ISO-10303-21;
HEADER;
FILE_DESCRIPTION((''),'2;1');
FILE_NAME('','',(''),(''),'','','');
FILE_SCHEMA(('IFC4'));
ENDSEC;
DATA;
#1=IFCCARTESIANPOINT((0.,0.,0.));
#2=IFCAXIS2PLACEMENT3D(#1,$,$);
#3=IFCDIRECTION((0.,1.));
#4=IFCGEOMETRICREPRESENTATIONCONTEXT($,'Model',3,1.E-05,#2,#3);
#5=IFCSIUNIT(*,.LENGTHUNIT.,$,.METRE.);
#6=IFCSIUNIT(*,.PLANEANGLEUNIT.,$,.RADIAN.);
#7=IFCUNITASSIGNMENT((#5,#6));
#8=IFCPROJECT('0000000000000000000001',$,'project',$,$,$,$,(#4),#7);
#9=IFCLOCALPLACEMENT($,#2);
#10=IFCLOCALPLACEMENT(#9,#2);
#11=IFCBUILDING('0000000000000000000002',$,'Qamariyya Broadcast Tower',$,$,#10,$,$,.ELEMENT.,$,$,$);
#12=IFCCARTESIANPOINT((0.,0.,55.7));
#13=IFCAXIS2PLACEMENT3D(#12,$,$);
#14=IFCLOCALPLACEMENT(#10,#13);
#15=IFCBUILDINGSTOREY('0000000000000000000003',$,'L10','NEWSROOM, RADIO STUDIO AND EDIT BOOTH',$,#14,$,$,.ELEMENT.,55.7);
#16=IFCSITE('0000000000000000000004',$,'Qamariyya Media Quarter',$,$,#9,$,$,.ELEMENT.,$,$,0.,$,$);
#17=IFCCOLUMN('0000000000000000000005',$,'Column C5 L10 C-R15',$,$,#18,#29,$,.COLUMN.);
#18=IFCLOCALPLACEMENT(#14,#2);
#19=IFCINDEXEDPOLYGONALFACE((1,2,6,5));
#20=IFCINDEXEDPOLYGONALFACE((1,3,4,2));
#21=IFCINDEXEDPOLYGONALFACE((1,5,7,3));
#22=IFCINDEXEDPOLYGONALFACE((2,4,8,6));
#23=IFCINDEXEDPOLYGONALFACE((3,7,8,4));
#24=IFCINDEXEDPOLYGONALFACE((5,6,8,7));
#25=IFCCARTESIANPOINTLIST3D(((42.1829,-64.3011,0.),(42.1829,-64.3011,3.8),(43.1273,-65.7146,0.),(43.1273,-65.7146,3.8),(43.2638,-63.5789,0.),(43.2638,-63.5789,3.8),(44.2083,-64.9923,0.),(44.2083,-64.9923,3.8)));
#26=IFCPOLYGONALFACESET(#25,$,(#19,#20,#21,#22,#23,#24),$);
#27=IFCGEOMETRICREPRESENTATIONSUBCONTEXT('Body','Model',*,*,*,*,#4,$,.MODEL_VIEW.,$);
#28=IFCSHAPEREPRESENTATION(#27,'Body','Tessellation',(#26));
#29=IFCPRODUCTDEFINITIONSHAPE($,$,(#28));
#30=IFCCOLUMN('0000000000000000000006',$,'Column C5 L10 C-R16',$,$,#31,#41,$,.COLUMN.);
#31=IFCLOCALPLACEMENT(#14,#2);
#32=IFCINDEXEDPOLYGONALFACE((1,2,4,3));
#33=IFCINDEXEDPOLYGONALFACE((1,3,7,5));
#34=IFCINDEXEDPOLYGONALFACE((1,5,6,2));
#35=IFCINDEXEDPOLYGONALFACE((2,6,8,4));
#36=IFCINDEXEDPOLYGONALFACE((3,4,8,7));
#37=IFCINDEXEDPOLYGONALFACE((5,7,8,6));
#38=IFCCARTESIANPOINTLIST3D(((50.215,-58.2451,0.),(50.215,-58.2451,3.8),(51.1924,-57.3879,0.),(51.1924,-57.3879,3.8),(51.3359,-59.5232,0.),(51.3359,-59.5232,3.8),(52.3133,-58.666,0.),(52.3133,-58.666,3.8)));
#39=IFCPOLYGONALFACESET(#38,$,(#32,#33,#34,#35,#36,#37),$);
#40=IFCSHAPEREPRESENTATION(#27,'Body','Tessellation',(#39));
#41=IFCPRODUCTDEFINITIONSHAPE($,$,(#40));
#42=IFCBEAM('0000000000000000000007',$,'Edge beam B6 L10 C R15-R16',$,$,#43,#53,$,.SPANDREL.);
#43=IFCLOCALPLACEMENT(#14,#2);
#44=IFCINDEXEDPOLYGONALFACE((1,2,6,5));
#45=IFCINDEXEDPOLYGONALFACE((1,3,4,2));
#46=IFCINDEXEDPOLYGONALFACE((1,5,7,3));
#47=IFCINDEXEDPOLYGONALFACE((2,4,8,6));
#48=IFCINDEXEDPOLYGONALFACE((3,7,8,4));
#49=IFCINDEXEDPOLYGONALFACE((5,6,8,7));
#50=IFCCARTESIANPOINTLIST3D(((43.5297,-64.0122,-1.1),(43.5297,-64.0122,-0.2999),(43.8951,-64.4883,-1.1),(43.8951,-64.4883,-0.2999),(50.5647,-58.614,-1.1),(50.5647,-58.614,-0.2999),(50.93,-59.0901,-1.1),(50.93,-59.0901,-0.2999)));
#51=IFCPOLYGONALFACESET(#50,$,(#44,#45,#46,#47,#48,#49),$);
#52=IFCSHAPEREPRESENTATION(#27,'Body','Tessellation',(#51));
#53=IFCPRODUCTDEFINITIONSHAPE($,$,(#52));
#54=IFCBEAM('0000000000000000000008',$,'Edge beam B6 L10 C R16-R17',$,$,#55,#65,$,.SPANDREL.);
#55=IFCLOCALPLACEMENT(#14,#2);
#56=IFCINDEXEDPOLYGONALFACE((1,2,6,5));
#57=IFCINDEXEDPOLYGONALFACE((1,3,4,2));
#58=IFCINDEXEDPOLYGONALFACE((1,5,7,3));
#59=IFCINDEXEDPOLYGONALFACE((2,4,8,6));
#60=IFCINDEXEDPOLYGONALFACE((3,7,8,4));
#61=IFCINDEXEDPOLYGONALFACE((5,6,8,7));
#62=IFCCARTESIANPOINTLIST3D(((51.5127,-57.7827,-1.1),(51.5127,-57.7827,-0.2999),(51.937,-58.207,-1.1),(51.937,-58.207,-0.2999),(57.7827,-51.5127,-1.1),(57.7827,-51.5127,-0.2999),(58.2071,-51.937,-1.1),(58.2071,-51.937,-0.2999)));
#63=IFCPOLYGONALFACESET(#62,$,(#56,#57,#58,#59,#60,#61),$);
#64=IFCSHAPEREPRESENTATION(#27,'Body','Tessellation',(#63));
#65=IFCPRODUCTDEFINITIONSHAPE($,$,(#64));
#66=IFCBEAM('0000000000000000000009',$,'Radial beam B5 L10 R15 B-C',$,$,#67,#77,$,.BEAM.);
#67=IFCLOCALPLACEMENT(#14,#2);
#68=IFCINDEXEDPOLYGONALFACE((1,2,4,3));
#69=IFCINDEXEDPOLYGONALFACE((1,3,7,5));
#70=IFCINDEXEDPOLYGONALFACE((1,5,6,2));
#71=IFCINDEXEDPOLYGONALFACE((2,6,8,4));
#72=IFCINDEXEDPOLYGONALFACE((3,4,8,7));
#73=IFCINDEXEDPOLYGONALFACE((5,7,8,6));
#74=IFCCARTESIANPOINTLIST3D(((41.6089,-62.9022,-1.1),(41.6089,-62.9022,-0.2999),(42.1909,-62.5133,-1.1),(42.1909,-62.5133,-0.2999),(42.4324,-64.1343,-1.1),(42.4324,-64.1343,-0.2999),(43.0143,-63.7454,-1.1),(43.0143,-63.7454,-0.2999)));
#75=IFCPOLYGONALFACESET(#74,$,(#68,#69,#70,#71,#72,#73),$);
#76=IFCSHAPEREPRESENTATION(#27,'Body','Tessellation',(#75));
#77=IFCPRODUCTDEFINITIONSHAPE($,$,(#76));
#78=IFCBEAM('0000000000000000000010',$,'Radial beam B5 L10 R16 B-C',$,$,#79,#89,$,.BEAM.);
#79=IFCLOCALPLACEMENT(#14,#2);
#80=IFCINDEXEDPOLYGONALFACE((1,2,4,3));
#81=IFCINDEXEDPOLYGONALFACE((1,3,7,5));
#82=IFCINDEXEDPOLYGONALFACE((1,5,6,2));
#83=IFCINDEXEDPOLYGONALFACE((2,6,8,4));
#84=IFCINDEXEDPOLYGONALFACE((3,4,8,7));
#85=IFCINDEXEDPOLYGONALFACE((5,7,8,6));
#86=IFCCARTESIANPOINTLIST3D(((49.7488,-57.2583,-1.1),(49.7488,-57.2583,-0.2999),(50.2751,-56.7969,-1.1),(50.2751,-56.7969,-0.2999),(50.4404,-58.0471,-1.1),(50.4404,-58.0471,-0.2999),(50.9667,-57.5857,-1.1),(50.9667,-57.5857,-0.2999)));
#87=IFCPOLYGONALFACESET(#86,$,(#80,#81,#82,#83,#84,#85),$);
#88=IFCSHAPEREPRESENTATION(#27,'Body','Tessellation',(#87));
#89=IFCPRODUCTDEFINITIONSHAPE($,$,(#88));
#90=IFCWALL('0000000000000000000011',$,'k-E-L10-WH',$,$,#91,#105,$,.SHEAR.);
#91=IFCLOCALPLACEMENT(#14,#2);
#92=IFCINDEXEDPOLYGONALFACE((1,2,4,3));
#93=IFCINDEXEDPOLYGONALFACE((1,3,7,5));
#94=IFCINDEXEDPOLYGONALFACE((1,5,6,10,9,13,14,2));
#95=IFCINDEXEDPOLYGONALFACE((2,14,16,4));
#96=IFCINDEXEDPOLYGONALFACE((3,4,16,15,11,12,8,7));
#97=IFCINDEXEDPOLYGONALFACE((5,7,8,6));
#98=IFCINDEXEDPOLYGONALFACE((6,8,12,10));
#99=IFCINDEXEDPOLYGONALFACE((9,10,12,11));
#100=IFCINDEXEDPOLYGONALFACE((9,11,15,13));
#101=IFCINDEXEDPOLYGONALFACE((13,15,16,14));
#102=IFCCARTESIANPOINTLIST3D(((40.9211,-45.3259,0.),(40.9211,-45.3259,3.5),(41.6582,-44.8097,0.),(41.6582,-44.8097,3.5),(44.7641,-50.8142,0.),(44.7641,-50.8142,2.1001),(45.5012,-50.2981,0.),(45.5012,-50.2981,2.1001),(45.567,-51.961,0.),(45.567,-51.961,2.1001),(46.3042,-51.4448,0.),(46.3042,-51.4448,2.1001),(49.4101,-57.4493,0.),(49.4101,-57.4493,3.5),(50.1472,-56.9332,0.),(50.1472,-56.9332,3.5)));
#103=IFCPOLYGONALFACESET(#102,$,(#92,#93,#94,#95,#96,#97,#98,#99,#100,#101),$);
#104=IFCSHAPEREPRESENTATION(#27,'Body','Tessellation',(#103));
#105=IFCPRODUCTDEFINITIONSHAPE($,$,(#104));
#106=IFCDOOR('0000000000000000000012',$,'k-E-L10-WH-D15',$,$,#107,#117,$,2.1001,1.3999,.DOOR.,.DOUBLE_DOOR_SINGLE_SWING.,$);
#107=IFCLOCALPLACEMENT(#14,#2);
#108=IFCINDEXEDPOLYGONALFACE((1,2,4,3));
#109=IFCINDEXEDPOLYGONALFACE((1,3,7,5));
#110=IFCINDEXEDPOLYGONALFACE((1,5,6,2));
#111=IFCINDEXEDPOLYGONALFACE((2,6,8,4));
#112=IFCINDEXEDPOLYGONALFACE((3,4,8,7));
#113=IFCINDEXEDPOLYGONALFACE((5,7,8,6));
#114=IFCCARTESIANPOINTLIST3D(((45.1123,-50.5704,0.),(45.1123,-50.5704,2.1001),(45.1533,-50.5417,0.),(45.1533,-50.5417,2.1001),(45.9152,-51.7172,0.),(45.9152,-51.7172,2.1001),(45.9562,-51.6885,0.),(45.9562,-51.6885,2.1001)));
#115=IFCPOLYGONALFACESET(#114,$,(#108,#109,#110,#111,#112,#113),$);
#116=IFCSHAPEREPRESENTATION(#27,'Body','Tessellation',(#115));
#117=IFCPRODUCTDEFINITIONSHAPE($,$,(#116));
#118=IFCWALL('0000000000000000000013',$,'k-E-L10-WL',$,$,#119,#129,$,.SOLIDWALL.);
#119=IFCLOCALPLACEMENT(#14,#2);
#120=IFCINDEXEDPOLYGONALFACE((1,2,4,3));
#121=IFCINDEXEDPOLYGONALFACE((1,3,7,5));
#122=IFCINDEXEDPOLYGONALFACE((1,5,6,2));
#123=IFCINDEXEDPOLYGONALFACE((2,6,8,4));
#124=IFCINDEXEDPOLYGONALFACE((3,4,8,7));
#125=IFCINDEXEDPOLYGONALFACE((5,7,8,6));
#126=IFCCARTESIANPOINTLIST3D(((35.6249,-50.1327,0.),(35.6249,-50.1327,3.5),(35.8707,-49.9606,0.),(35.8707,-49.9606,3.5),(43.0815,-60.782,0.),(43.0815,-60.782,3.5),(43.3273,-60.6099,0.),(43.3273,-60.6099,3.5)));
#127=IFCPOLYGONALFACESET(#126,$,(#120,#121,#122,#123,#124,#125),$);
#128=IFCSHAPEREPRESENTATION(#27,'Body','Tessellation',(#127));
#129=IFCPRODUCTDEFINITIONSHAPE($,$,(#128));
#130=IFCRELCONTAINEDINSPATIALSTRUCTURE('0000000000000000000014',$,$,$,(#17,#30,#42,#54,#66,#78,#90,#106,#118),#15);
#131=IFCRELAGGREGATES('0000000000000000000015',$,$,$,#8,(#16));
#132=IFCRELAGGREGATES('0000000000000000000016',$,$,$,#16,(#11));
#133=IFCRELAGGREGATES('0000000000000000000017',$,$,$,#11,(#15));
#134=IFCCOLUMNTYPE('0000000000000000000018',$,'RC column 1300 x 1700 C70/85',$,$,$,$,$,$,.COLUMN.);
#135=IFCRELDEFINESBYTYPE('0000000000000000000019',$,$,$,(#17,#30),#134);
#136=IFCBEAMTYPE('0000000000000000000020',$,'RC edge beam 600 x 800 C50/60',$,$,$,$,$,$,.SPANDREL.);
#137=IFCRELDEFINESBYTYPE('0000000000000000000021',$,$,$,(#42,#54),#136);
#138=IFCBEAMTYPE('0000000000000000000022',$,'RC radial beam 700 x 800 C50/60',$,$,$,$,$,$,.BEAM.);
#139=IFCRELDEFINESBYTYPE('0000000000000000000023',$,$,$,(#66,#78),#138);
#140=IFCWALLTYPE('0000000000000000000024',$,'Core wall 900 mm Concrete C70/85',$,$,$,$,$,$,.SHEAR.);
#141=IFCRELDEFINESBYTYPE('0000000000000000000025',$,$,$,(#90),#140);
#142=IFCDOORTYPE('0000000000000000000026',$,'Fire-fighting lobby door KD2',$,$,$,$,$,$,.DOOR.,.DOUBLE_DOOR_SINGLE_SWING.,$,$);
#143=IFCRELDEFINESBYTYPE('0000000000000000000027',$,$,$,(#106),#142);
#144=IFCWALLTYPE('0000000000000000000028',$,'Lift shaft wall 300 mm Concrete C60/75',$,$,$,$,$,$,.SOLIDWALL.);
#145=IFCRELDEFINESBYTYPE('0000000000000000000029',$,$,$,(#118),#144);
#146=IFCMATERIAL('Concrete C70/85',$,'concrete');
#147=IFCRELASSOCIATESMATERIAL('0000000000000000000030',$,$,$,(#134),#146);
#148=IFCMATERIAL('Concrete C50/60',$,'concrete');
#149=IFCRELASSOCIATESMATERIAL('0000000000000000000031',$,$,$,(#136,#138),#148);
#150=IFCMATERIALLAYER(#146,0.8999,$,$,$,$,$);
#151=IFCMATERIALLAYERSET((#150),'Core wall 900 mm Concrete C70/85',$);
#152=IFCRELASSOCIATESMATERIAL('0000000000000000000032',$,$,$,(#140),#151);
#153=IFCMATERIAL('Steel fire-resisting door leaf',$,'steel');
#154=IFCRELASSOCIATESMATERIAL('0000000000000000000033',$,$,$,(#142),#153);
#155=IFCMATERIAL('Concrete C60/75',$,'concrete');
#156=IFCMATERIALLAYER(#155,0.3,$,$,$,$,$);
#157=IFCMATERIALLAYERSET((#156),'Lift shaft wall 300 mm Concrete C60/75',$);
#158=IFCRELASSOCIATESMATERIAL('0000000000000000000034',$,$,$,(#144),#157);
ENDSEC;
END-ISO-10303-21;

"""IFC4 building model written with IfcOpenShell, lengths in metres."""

from ifc_helpers import new_model, si_unit, direction, frame, frame_2d, origin, origin_2d, place, context, subcontext, project, spatial, rectangle, extrude, material, layer, layer_set, material_profile, profile_set, type_object, element, fill, save


model = new_model("IFC4")

# Units and contexts
model_context = context("Model", 3, precision=1e-05, world=origin(), true_north=direction((0.0, 1.0)))
body_context = subcontext(model_context, "Body", "Model", "MODEL_VIEW")
ifc_project = project(units=[si_unit("LENGTHUNIT", "METRE"), si_unit("PLANEANGLEUNIT", "RADIAN")], contexts=[model_context])

# Site, building, storey
site_placement = place(None, origin())
site = spatial("IfcSite", under=ifc_project, at=site_placement, Name="Qamariyya Media Quarter", CompositionType="ELEMENT", RefElevation=0.0)
building_placement = place(site_placement, origin())
building = spatial("IfcBuilding", under=site, at=building_placement, Name="Qamariyya Broadcast Tower", CompositionType="ELEMENT")
storey_placement = place(building_placement, frame((0.0, 0.0, 55.7)))
storey = spatial("IfcBuildingStorey", under=building, at=storey_placement, Name="L10", Description="NEWSROOM, RADIO STUDIO AND EDIT BOOTH", CompositionType="ELEMENT", Elevation=55.7)

# Columns
ifc_material_1 = material(Name="Concrete C70/85", Category="concrete")
ifc_material_profile_1 = material_profile(ifc_material_1, rectangle(XDim=1.3, YDim=1.7, at=origin_2d()))
ifc_profile_set_1 = profile_set([ifc_material_profile_1], Name="Concrete C70/85")
column_type = type_object("IfcColumnType", Name="RC column 1300 x 1700 C70/85", PredefinedType="COLUMN", material=ifc_profile_set_1)
for number, where, z_axis, x_axis, name in (
    (1, (43.1956, -64.6467, 0.0), (0.0, 0.0, 1.0), (0.83147, 0.55557, 0.0), "Column C5 L10 C-R15"),
    (2, (51.2642, -58.4556, 0.0), (0.0, 0.0, 1.0), (0.75184, 0.659346, 0.0), "Column C5 L10 C-R16"),
):
    element("IfcColumn", number, at=place(storey_placement, frame(where, z_axis=z_axis, x_axis=x_axis)), inside=storey, type_object=column_type, Name=name, PredefinedType="COLUMN", context=body_context, shape_type="SweptSolid", body=[
        extrude(rectangle(XDim=1.3, YDim=1.7, at=origin_2d()), origin(), (0.0, 0.0, 1.0), 3.8),
    ])

# Beams
ifc_material_2 = material(Name="Concrete C50/60", Category="concrete")
ifc_material_profile_2 = material_profile(ifc_material_2, rectangle(XDim=0.6001, YDim=0.8, at=origin_2d()))
ifc_profile_set_2 = profile_set([ifc_material_profile_2], Name="Concrete C50/60")
beam_type_1 = type_object("IfcBeamType", Name="RC edge beam 600 x 800 C50/60", PredefinedType="SPANDREL", material=ifc_profile_set_2)
beam_1_placement = place(storey_placement, frame((43.7124, -64.2502, -0.7), z_axis=(0.793347, 0.60877, 0.0), x_axis=(-0.60877, 0.793347, 0.0)))
element("IfcBeam", 3, at=beam_1_placement, inside=storey, type_object=beam_type_1, Name="Edge beam B6 L10 C R15-R16", PredefinedType="SPANDREL", context=body_context, shape_type="SweptSolid", body=[
    extrude(rectangle(XDim=0.6001, YDim=0.8, at=origin_2d()), origin(), (0.0, 0.0, 1.0), 8.8674),
])
beam_2_placement = place(storey_placement, frame((51.7249, -57.9949, -0.7), z_axis=(0.707107, 0.707107, 0.0), x_axis=(-0.707107, 0.707107, 0.0)))
element("IfcBeam", 4, at=beam_2_placement, inside=storey, type_object=beam_type_1, Name="Edge beam B6 L10 C R16-R17", PredefinedType="SPANDREL", context=body_context, shape_type="SweptSolid", body=[
    extrude(rectangle(XDim=0.6001, YDim=0.8, at=origin_2d()), origin(), (0.0, 0.0, 1.0), 8.8672),
])
ifc_material_profile_3 = material_profile(ifc_material_2, rectangle(XDim=0.7, YDim=0.8, at=origin_2d()))
ifc_profile_set_3 = profile_set([ifc_material_profile_3], Name="Concrete C50/60")
beam_type_2 = type_object("IfcBeamType", Name="RC radial beam 700 x 800 C50/60", PredefinedType="BEAM", material=ifc_profile_set_3)
beam_3_placement = place(storey_placement, frame((41.8999, -62.7078, -0.7), z_axis=(0.55565, -0.831416, 0.0), x_axis=(0.831416, 0.55565, 0.0)))
element("IfcBeam", 5, at=beam_3_placement, inside=storey, type_object=beam_type_2, Name="Radial beam B5 L10 R15 B-C", PredefinedType="BEAM", context=body_context, shape_type="SweptSolid", body=[
    extrude(rectangle(XDim=0.7, YDim=0.8, at=origin_2d()), origin(), (0.0, 0.0, 1.0), 1.4819),
])
beam_4_placement = place(storey_placement, frame((50.012, -57.0276, -0.7), z_axis=(0.659279, -0.751899, 0.0), x_axis=(0.751899, 0.659279, 0.0)))
element("IfcBeam", 6, at=beam_4_placement, inside=storey, type_object=beam_type_2, Name="Radial beam B5 L10 R16 B-C", PredefinedType="BEAM", context=body_context, shape_type="SweptSolid", body=[
    extrude(rectangle(XDim=0.7, YDim=0.8, at=origin_2d()), origin(), (0.0, 0.0, 1.0), 1.0491),
])

# Wall, opening, door
ifc_layer_1 = layer(ifc_material_1, 0.8999)
ifc_layer_set_1 = layer_set([ifc_layer_1], Name="Core wall 900 mm Concrete C70/85")
wall_type_1 = type_object("IfcWallType", Name="Core wall 900 mm Concrete C70/85", PredefinedType="SHEAR", material=ifc_layer_set_1)
wall_1_placement = place(storey_placement, frame((49.7786, -57.1912, 0.0), z_axis=(0.0, 0.0, 1.0), x_axis=(-0.573577, 0.819151, 0.0)))
wall_1 = element("IfcWall", 7, at=wall_1_placement, inside=storey, type_object=wall_type_1, Name="k-E-L10-WH", PredefinedType="SHEAR", context=body_context, shape_type="SweptSolid", body=[
    extrude(rectangle(XDim=14.8, YDim=0.8999, at=frame_2d((7.3999, 0.0))), origin(), (0.0, 0.0, 1.0), 3.5),
])
opening_placement = place(wall_1_placement, frame((6.7, 0.0, 0.0)))
opening = element("IfcOpeningElement", 8, at=opening_placement, cuts=wall_1, PredefinedType="OPENING", context=body_context, shape_type="SweptSolid", body=[
    extrude(rectangle(XDim=1.3999, YDim=2.1001, at=frame_2d((0.7, 1.05))), frame((0.0, 0.46, 0.0), z_axis=(0.0, -1.0, 0.0), x_axis=(1.0, 0.0, 0.0)), (0.0, 0.0, 1.0), 0.9199),
])
ifc_material_3 = material(Name="Steel fire-resisting door leaf", Category="steel")
door_type = type_object("IfcDoorType", Name="Fire-fighting lobby door KD2", OperationType="DOUBLE_DOOR_SINGLE_SWING", PredefinedType="DOOR", material=ifc_material_3)
door_placement = place(opening_placement, origin())
door = element("IfcDoor", 9, at=door_placement, inside=storey, type_object=door_type, Name="k-E-L10-WH-D15", OperationType="DOUBLE_DOOR_SINGLE_SWING", OverallHeight=2.1001, OverallWidth=1.3999, PredefinedType="DOOR", context=body_context, shape_type="SweptSolid", body=[
    extrude(rectangle(XDim=1.3999, YDim=2.1001, at=frame_2d((0.7, 1.05))), frame((0.0, 0.0249, 0.0), z_axis=(0.0, -1.0, 0.0), x_axis=(1.0, 0.0, 0.0)), (0.0, 0.0, 1.0), 0.05),
])
fill(opening, door)

# Wall
ifc_material_4 = material(Name="Concrete C60/75", Category="concrete")
ifc_layer_2 = layer(ifc_material_4, 0.3)
ifc_layer_set_2 = layer_set([ifc_layer_2], Name="Lift shaft wall 300 mm Concrete C60/75")
wall_type_2 = type_object("IfcWallType", Name="Lift shaft wall 300 mm Concrete C60/75", PredefinedType="SOLIDWALL", material=ifc_layer_set_2)
wall_2_placement = place(storey_placement, frame((43.2043, -60.6958, 0.0), z_axis=(0.0, 0.0, 1.0), x_axis=(-0.573572, 0.819155, 0.0)))
element("IfcWall", 10, at=wall_2_placement, inside=storey, type_object=wall_type_2, Name="k-E-L10-WL", PredefinedType="SOLIDWALL", context=body_context, shape_type="SweptSolid", body=[
    extrude(rectangle(XDim=13.0002, YDim=0.3, at=frame_2d((6.5, 0.0))), origin(), (0.0, 0.0, 1.0), 3.5),
])

save(model, "model.ifc")
